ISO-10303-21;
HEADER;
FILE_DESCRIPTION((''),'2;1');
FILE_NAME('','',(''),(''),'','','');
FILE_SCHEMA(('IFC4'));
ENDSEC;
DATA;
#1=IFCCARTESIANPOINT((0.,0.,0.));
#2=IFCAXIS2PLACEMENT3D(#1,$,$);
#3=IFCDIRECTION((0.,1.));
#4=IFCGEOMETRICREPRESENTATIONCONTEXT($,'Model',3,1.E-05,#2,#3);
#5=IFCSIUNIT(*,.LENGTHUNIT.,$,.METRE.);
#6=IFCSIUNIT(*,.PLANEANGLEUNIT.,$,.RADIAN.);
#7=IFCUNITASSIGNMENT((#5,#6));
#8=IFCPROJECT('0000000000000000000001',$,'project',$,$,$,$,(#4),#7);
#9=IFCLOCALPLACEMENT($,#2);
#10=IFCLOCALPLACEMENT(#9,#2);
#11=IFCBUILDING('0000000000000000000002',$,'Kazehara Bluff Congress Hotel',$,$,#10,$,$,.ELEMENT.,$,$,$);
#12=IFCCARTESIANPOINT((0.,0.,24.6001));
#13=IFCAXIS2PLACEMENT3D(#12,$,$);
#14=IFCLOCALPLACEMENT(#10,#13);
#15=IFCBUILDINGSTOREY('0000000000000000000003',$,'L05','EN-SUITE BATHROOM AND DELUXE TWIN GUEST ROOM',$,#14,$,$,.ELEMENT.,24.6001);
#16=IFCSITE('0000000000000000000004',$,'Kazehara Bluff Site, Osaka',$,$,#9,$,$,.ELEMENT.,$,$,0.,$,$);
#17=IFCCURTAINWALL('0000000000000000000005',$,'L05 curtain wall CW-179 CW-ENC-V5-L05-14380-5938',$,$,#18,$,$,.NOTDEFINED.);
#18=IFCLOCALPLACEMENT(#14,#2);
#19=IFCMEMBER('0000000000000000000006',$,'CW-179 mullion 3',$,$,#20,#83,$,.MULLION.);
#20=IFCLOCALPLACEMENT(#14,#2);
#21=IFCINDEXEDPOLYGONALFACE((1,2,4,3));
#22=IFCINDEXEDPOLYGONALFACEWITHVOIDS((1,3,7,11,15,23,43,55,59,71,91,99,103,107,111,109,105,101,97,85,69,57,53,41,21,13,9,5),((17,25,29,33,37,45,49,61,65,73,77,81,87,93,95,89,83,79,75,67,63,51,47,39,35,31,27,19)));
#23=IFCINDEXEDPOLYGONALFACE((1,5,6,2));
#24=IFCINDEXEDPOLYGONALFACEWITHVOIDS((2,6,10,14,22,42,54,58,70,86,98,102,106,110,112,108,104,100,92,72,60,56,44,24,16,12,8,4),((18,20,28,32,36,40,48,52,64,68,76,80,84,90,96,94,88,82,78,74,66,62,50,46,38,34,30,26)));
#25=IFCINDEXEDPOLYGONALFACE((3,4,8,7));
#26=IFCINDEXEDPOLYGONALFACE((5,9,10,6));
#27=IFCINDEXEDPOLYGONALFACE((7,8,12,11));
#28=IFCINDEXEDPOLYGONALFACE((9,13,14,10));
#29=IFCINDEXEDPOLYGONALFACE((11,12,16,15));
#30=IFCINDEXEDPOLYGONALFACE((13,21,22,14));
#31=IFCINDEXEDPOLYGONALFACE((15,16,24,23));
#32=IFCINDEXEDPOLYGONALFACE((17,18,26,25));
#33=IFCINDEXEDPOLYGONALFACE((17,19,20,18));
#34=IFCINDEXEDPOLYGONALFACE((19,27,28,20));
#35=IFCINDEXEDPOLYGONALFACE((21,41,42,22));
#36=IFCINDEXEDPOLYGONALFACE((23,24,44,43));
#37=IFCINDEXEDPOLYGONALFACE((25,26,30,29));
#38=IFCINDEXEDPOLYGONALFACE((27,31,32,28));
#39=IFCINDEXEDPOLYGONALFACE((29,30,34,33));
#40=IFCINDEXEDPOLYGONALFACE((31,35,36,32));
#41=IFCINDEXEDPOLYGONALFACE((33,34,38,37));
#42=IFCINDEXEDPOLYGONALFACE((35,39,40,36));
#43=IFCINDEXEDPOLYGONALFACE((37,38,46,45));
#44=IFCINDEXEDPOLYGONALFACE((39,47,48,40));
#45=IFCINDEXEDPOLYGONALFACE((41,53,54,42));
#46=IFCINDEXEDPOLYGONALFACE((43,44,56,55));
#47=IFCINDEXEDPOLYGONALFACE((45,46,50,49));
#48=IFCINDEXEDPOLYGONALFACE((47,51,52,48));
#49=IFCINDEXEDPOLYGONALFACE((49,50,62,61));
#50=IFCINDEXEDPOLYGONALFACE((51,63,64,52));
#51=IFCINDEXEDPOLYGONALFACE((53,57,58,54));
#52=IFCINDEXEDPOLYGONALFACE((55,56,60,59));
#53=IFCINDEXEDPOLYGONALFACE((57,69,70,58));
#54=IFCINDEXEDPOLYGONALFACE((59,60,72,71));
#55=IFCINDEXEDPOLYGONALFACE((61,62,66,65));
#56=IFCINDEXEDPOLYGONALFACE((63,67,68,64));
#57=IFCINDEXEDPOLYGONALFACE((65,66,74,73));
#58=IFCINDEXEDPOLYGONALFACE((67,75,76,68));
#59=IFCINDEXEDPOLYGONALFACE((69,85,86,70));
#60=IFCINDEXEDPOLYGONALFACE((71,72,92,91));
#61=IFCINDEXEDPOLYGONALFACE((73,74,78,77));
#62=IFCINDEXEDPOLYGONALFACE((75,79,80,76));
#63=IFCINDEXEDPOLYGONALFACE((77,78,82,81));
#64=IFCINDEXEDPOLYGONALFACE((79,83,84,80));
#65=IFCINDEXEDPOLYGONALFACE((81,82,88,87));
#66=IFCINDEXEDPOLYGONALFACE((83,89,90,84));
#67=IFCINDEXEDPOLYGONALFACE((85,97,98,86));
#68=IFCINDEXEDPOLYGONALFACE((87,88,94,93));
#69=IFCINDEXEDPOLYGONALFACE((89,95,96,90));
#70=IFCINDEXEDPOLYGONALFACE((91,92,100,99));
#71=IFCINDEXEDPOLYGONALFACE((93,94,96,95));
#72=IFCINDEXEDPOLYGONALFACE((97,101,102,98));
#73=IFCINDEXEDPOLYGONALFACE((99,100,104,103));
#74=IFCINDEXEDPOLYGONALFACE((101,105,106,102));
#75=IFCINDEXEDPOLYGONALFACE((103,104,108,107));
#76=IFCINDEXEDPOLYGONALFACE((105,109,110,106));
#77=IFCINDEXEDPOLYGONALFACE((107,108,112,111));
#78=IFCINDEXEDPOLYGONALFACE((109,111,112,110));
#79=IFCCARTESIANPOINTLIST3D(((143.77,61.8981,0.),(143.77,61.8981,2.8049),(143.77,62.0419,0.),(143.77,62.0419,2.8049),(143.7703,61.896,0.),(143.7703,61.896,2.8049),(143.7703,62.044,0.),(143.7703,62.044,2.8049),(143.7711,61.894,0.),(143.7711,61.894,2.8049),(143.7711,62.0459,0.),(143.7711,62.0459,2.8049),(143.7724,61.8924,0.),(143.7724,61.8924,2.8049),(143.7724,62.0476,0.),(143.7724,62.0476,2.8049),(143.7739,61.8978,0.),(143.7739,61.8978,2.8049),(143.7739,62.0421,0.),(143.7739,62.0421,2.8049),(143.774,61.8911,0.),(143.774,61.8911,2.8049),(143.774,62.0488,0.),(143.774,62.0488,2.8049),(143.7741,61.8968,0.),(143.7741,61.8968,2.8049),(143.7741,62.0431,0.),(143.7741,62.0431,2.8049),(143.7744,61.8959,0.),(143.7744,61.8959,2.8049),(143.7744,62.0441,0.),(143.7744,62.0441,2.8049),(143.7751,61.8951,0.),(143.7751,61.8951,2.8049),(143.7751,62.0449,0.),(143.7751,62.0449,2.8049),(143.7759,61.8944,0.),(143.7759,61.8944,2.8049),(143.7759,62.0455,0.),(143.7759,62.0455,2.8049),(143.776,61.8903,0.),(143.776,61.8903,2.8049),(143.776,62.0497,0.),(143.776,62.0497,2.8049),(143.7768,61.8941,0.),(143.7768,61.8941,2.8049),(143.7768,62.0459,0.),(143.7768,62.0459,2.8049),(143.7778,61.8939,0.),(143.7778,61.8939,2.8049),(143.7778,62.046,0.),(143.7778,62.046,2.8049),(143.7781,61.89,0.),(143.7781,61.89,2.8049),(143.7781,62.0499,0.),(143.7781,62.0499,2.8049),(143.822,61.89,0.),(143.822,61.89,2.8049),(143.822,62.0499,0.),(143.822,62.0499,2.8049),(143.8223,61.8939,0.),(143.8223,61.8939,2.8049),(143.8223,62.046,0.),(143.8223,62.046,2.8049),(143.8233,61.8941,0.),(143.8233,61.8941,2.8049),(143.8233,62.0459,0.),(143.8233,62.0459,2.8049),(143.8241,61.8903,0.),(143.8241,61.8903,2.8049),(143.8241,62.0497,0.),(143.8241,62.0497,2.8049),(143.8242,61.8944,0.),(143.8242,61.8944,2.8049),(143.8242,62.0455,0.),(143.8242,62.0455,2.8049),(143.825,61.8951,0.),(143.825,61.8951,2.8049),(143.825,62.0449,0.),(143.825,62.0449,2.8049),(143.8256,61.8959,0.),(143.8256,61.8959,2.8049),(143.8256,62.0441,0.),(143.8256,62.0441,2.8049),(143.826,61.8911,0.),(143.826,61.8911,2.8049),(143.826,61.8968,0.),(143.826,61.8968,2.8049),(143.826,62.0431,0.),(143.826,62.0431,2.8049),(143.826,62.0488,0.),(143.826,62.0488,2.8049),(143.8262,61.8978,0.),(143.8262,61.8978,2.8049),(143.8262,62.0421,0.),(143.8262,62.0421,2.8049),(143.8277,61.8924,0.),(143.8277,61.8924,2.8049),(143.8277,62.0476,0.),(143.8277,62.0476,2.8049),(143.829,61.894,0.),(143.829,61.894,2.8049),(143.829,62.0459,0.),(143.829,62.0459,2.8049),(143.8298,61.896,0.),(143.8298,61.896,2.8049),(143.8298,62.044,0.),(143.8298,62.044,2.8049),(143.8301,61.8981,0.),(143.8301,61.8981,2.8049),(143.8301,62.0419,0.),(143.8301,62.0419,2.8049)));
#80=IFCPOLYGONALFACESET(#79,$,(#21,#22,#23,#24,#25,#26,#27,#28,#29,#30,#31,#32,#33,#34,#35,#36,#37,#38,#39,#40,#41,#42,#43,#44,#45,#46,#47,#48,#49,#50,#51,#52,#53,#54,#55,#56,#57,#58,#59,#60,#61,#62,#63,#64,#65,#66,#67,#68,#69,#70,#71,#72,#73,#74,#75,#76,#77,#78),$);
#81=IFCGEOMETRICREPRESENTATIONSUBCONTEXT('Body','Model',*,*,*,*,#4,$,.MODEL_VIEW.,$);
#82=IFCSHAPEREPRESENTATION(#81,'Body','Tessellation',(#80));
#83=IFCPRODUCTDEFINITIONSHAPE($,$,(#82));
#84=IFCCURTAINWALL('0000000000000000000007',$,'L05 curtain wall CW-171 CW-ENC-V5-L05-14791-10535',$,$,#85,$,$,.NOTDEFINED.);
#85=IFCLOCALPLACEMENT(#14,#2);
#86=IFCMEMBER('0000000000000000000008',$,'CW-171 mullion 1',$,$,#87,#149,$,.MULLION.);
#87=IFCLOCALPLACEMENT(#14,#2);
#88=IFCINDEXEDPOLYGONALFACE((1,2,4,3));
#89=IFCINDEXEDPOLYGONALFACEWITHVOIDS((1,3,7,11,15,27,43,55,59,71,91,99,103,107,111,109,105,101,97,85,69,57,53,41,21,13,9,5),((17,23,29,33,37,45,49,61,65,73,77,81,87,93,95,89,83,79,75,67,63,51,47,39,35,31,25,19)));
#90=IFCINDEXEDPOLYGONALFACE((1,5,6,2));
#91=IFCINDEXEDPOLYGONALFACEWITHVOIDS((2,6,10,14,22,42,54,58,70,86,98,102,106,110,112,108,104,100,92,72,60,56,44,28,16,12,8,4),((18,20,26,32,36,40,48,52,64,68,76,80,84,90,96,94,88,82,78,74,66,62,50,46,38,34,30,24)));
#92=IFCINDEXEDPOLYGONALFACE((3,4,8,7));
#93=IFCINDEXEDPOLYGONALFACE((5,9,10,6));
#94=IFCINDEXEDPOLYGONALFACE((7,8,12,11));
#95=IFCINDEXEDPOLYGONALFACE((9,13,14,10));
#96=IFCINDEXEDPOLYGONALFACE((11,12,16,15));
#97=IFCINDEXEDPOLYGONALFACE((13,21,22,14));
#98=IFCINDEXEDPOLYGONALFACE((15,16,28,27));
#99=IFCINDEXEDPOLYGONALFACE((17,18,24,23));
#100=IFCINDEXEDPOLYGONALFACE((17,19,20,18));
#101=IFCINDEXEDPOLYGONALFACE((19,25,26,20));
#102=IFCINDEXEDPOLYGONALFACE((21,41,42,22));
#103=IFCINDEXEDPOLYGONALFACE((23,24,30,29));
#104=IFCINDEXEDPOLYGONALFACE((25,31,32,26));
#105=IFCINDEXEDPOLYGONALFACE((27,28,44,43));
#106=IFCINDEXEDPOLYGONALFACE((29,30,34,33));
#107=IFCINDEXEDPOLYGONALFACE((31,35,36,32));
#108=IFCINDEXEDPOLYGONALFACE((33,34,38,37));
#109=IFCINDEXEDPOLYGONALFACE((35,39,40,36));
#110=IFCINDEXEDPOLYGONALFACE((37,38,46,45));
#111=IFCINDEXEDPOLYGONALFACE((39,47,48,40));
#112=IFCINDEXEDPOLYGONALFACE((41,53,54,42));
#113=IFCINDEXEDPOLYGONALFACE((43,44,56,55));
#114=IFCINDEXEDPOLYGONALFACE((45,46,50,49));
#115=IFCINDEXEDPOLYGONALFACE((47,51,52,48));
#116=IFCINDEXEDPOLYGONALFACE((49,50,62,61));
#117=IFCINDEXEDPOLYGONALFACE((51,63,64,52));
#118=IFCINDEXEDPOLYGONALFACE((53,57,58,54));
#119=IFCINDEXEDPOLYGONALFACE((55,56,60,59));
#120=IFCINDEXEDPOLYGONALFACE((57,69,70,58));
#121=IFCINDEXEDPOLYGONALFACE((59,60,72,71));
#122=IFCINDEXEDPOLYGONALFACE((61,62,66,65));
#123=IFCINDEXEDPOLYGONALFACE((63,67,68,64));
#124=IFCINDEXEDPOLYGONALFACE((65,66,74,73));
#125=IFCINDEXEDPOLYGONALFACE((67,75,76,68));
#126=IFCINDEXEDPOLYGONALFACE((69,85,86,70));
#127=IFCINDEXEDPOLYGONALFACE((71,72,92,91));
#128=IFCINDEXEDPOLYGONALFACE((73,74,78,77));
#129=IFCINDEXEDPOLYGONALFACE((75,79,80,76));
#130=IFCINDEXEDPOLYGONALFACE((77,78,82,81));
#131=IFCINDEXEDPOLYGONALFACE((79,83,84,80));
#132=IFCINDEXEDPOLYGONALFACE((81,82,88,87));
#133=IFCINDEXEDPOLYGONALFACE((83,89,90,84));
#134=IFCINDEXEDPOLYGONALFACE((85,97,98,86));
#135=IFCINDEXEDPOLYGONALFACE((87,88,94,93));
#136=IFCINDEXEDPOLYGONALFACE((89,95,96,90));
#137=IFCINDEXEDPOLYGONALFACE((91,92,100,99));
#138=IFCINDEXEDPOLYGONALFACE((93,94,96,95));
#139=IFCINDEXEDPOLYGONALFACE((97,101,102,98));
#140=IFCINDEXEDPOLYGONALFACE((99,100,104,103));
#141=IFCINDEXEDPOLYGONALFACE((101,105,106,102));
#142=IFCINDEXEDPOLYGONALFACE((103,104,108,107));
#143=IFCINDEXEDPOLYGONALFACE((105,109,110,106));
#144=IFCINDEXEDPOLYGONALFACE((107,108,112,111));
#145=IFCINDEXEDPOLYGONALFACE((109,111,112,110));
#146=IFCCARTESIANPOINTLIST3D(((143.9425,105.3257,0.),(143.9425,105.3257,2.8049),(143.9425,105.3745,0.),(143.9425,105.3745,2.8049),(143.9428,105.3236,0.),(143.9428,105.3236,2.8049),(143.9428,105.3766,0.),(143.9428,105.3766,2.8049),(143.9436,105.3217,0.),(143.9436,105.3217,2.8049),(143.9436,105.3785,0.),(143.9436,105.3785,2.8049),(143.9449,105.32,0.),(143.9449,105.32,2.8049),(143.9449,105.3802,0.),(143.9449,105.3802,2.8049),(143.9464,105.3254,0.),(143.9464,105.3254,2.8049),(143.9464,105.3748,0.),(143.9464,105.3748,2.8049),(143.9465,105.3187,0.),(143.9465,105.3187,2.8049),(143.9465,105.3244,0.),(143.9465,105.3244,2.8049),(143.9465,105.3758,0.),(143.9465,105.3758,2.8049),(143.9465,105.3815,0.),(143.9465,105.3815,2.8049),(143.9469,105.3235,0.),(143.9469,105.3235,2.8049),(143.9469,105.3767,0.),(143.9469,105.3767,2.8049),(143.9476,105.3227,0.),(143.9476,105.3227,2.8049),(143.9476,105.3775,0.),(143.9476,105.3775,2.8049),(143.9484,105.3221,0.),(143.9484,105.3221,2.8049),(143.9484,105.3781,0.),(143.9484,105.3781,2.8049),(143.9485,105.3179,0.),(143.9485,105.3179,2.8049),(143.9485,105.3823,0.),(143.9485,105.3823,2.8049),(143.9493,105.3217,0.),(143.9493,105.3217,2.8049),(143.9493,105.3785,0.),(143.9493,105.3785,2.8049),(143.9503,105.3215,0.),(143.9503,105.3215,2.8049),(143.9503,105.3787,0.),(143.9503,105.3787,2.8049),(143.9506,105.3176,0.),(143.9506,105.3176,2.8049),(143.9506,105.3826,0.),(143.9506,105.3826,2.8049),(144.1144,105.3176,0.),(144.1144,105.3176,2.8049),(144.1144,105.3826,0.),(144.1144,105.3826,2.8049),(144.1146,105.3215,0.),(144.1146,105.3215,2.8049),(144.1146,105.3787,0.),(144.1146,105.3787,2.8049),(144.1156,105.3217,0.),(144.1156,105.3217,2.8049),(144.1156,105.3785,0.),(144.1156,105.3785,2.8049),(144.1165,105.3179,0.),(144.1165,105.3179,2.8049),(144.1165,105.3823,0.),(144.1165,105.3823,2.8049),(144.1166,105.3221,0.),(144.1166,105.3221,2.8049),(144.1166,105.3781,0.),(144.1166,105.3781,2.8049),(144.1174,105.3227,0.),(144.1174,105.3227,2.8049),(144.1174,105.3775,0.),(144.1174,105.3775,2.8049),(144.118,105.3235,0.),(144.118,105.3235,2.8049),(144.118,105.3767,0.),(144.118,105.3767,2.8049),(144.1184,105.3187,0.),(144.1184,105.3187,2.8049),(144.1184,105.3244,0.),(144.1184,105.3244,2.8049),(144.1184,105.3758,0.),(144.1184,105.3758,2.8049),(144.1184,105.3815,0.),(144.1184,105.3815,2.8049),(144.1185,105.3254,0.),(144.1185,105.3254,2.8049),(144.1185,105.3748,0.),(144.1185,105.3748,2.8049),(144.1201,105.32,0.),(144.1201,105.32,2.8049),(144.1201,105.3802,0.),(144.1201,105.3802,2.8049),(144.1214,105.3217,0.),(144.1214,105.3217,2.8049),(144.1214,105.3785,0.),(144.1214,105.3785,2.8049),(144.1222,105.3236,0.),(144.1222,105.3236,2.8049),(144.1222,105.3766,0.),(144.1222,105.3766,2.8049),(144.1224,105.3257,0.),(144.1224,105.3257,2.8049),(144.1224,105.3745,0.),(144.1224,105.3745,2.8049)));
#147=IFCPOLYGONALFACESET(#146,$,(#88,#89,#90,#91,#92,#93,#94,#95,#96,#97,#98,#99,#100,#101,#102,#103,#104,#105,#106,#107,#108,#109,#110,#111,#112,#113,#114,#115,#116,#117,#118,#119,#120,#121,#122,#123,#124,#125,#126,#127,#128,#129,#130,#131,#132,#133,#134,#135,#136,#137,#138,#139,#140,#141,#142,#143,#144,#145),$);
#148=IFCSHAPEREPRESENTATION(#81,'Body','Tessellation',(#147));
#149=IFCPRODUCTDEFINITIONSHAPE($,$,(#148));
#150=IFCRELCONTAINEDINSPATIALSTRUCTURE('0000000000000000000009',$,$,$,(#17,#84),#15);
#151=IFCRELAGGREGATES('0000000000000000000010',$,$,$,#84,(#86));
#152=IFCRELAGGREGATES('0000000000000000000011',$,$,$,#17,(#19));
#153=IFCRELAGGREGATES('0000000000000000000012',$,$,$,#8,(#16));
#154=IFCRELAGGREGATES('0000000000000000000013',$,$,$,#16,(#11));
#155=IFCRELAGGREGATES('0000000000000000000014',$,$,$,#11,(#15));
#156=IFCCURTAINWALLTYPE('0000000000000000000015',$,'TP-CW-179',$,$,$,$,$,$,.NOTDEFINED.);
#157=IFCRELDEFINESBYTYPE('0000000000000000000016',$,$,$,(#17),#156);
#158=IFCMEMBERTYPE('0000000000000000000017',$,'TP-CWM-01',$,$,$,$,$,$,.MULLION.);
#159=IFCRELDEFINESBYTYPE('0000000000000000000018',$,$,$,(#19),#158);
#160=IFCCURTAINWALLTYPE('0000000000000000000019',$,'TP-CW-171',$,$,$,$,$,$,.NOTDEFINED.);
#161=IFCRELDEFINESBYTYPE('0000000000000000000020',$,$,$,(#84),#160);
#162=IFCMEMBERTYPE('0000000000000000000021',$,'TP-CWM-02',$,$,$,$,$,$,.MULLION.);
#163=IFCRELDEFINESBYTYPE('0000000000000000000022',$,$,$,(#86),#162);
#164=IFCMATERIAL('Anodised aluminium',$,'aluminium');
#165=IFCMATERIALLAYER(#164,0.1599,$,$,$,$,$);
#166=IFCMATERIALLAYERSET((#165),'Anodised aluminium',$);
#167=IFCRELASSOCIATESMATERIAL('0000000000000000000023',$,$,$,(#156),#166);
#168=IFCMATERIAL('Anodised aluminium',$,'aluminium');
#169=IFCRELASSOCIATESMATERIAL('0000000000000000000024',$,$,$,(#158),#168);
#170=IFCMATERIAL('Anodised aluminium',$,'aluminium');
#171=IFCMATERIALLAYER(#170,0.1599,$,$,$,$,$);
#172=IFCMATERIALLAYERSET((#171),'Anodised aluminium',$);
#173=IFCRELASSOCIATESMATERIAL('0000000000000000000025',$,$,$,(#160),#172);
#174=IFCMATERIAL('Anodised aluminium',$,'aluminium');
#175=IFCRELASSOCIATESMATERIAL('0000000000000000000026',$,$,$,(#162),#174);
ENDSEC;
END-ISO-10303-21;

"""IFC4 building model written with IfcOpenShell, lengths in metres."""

from ifc_helpers import new_model, si_unit, direction, frame, origin, origin_2d, place, context, subcontext, project, spatial, hollow_rectangle, extrude, material, layer, layer_set, material_profile, profile_set, type_object, element, aggregate, save


model = new_model("IFC4")

# Units and contexts
model_context = context("Model", 3, precision=1e-05, world=origin(), true_north=direction((0.0, 1.0)))
body_context = subcontext(model_context, "Body", "Model", "MODEL_VIEW")
ifc_project = project(units=[si_unit("LENGTHUNIT", "METRE"), si_unit("PLANEANGLEUNIT", "RADIAN")], contexts=[model_context])

# Site, building, storey
site_placement = place(None, origin())
site = spatial("IfcSite", under=ifc_project, at=site_placement, Name="Kazehara Bluff Site, Osaka", CompositionType="ELEMENT", RefElevation=0.0)
building_placement = place(site_placement, origin())
building = spatial("IfcBuilding", under=site, at=building_placement, Name="Kazehara Bluff Congress Hotel", CompositionType="ELEMENT")
storey_placement = place(building_placement, frame((0.0, 0.0, 24.6001)))
storey = spatial("IfcBuildingStorey", under=building, at=storey_placement, Name="L05", Description="EN-SUITE BATHROOM AND DELUXE TWIN GUEST ROOM", CompositionType="ELEMENT", Elevation=24.6001)

# Curtain walls, members
ifc_material_1 = material(Name="Anodised aluminium", Category="aluminium")
ifc_layer_1 = layer(ifc_material_1, 0.1599)
ifc_layer_set_1 = layer_set([ifc_layer_1], Name="Anodised aluminium")
curtain_wall_type_1 = type_object("IfcCurtainWallType", Name="TP-CW-179", PredefinedType="NOTDEFINED", material=ifc_layer_set_1)
curtain_wall_1_placement = place(storey_placement, origin())
curtain_wall_1 = element("IfcCurtainWall", 1, at=curtain_wall_1_placement, inside=storey, type_object=curtain_wall_type_1, Name="L05 curtain wall CW-179 CW-ENC-V5-L05-14380-5938", PredefinedType="NOTDEFINED")
ifc_material_2 = material(Name="Anodised aluminium", Category="aluminium")
ifc_material_profile_1 = material_profile(ifc_material_2, hollow_rectangle(XDim=0.0601, YDim=0.1599, WallThickness=0.0039, InnerFilletRadius=0.0039, OuterFilletRadius=0.0081, at=origin_2d()))
ifc_profile_set_1 = profile_set([ifc_material_profile_1], Name="Anodised aluminium")
member_type_1 = type_object("IfcMemberType", Name="TP-CWM-01", PredefinedType="MULLION", material=ifc_profile_set_1)
member_1_placement = place(storey_placement, frame((143.8, 61.97, 0.0), z_axis=(0.0, 0.0, 1.0), x_axis=(-1.0, 0.0, 0.0)))
member_1 = element("IfcMember", 2, at=member_1_placement, type_object=member_type_1, Name="CW-179 mullion 3", PredefinedType="MULLION", context=body_context, shape_type="SweptSolid", body=[
    extrude(hollow_rectangle(XDim=0.0601, YDim=0.1599, WallThickness=0.0039, InnerFilletRadius=0.0039, OuterFilletRadius=0.0081, at=origin_2d()), origin(), (0.0, 0.0, 1.0), 2.8049),
])
ifc_material_3 = material(Name="Anodised aluminium", Category="aluminium")
ifc_layer_2 = layer(ifc_material_3, 0.1599)
ifc_layer_set_2 = layer_set([ifc_layer_2], Name="Anodised aluminium")
curtain_wall_type_2 = type_object("IfcCurtainWallType", Name="TP-CW-171", PredefinedType="NOTDEFINED", material=ifc_layer_set_2)
curtain_wall_2_placement = place(storey_placement, origin())
curtain_wall_2 = element("IfcCurtainWall", 3, at=curtain_wall_2_placement, inside=storey, type_object=curtain_wall_type_2, Name="L05 curtain wall CW-171 CW-ENC-V5-L05-14791-10535", PredefinedType="NOTDEFINED")
ifc_material_4 = material(Name="Anodised aluminium", Category="aluminium")
ifc_material_profile_2 = material_profile(ifc_material_4, hollow_rectangle(XDim=0.0649, YDim=0.1799, WallThickness=0.0039, InnerFilletRadius=0.0039, OuterFilletRadius=0.0081, at=origin_2d()))
ifc_profile_set_2 = profile_set([ifc_material_profile_2], Name="Anodised aluminium")
member_type_2 = type_object("IfcMemberType", Name="TP-CWM-02", PredefinedType="MULLION", material=ifc_profile_set_2)
member_2_placement = place(storey_placement, frame((144.0325, 105.3501, 0.0), z_axis=(0.0, 0.0, 1.0), x_axis=(0.0, 1.0, 0.0)))
member_2 = element("IfcMember", 4, at=member_2_placement, type_object=member_type_2, Name="CW-171 mullion 1", PredefinedType="MULLION", context=body_context, shape_type="SweptSolid", body=[
    extrude(hollow_rectangle(XDim=0.0649, YDim=0.1799, WallThickness=0.0039, InnerFilletRadius=0.0039, OuterFilletRadius=0.0081, at=origin_2d()), origin(), (0.0, 0.0, 1.0), 2.8049),
])

aggregate(curtain_wall_2, [member_2])

aggregate(curtain_wall_1, [member_1])

save(model, "model.ifc")
